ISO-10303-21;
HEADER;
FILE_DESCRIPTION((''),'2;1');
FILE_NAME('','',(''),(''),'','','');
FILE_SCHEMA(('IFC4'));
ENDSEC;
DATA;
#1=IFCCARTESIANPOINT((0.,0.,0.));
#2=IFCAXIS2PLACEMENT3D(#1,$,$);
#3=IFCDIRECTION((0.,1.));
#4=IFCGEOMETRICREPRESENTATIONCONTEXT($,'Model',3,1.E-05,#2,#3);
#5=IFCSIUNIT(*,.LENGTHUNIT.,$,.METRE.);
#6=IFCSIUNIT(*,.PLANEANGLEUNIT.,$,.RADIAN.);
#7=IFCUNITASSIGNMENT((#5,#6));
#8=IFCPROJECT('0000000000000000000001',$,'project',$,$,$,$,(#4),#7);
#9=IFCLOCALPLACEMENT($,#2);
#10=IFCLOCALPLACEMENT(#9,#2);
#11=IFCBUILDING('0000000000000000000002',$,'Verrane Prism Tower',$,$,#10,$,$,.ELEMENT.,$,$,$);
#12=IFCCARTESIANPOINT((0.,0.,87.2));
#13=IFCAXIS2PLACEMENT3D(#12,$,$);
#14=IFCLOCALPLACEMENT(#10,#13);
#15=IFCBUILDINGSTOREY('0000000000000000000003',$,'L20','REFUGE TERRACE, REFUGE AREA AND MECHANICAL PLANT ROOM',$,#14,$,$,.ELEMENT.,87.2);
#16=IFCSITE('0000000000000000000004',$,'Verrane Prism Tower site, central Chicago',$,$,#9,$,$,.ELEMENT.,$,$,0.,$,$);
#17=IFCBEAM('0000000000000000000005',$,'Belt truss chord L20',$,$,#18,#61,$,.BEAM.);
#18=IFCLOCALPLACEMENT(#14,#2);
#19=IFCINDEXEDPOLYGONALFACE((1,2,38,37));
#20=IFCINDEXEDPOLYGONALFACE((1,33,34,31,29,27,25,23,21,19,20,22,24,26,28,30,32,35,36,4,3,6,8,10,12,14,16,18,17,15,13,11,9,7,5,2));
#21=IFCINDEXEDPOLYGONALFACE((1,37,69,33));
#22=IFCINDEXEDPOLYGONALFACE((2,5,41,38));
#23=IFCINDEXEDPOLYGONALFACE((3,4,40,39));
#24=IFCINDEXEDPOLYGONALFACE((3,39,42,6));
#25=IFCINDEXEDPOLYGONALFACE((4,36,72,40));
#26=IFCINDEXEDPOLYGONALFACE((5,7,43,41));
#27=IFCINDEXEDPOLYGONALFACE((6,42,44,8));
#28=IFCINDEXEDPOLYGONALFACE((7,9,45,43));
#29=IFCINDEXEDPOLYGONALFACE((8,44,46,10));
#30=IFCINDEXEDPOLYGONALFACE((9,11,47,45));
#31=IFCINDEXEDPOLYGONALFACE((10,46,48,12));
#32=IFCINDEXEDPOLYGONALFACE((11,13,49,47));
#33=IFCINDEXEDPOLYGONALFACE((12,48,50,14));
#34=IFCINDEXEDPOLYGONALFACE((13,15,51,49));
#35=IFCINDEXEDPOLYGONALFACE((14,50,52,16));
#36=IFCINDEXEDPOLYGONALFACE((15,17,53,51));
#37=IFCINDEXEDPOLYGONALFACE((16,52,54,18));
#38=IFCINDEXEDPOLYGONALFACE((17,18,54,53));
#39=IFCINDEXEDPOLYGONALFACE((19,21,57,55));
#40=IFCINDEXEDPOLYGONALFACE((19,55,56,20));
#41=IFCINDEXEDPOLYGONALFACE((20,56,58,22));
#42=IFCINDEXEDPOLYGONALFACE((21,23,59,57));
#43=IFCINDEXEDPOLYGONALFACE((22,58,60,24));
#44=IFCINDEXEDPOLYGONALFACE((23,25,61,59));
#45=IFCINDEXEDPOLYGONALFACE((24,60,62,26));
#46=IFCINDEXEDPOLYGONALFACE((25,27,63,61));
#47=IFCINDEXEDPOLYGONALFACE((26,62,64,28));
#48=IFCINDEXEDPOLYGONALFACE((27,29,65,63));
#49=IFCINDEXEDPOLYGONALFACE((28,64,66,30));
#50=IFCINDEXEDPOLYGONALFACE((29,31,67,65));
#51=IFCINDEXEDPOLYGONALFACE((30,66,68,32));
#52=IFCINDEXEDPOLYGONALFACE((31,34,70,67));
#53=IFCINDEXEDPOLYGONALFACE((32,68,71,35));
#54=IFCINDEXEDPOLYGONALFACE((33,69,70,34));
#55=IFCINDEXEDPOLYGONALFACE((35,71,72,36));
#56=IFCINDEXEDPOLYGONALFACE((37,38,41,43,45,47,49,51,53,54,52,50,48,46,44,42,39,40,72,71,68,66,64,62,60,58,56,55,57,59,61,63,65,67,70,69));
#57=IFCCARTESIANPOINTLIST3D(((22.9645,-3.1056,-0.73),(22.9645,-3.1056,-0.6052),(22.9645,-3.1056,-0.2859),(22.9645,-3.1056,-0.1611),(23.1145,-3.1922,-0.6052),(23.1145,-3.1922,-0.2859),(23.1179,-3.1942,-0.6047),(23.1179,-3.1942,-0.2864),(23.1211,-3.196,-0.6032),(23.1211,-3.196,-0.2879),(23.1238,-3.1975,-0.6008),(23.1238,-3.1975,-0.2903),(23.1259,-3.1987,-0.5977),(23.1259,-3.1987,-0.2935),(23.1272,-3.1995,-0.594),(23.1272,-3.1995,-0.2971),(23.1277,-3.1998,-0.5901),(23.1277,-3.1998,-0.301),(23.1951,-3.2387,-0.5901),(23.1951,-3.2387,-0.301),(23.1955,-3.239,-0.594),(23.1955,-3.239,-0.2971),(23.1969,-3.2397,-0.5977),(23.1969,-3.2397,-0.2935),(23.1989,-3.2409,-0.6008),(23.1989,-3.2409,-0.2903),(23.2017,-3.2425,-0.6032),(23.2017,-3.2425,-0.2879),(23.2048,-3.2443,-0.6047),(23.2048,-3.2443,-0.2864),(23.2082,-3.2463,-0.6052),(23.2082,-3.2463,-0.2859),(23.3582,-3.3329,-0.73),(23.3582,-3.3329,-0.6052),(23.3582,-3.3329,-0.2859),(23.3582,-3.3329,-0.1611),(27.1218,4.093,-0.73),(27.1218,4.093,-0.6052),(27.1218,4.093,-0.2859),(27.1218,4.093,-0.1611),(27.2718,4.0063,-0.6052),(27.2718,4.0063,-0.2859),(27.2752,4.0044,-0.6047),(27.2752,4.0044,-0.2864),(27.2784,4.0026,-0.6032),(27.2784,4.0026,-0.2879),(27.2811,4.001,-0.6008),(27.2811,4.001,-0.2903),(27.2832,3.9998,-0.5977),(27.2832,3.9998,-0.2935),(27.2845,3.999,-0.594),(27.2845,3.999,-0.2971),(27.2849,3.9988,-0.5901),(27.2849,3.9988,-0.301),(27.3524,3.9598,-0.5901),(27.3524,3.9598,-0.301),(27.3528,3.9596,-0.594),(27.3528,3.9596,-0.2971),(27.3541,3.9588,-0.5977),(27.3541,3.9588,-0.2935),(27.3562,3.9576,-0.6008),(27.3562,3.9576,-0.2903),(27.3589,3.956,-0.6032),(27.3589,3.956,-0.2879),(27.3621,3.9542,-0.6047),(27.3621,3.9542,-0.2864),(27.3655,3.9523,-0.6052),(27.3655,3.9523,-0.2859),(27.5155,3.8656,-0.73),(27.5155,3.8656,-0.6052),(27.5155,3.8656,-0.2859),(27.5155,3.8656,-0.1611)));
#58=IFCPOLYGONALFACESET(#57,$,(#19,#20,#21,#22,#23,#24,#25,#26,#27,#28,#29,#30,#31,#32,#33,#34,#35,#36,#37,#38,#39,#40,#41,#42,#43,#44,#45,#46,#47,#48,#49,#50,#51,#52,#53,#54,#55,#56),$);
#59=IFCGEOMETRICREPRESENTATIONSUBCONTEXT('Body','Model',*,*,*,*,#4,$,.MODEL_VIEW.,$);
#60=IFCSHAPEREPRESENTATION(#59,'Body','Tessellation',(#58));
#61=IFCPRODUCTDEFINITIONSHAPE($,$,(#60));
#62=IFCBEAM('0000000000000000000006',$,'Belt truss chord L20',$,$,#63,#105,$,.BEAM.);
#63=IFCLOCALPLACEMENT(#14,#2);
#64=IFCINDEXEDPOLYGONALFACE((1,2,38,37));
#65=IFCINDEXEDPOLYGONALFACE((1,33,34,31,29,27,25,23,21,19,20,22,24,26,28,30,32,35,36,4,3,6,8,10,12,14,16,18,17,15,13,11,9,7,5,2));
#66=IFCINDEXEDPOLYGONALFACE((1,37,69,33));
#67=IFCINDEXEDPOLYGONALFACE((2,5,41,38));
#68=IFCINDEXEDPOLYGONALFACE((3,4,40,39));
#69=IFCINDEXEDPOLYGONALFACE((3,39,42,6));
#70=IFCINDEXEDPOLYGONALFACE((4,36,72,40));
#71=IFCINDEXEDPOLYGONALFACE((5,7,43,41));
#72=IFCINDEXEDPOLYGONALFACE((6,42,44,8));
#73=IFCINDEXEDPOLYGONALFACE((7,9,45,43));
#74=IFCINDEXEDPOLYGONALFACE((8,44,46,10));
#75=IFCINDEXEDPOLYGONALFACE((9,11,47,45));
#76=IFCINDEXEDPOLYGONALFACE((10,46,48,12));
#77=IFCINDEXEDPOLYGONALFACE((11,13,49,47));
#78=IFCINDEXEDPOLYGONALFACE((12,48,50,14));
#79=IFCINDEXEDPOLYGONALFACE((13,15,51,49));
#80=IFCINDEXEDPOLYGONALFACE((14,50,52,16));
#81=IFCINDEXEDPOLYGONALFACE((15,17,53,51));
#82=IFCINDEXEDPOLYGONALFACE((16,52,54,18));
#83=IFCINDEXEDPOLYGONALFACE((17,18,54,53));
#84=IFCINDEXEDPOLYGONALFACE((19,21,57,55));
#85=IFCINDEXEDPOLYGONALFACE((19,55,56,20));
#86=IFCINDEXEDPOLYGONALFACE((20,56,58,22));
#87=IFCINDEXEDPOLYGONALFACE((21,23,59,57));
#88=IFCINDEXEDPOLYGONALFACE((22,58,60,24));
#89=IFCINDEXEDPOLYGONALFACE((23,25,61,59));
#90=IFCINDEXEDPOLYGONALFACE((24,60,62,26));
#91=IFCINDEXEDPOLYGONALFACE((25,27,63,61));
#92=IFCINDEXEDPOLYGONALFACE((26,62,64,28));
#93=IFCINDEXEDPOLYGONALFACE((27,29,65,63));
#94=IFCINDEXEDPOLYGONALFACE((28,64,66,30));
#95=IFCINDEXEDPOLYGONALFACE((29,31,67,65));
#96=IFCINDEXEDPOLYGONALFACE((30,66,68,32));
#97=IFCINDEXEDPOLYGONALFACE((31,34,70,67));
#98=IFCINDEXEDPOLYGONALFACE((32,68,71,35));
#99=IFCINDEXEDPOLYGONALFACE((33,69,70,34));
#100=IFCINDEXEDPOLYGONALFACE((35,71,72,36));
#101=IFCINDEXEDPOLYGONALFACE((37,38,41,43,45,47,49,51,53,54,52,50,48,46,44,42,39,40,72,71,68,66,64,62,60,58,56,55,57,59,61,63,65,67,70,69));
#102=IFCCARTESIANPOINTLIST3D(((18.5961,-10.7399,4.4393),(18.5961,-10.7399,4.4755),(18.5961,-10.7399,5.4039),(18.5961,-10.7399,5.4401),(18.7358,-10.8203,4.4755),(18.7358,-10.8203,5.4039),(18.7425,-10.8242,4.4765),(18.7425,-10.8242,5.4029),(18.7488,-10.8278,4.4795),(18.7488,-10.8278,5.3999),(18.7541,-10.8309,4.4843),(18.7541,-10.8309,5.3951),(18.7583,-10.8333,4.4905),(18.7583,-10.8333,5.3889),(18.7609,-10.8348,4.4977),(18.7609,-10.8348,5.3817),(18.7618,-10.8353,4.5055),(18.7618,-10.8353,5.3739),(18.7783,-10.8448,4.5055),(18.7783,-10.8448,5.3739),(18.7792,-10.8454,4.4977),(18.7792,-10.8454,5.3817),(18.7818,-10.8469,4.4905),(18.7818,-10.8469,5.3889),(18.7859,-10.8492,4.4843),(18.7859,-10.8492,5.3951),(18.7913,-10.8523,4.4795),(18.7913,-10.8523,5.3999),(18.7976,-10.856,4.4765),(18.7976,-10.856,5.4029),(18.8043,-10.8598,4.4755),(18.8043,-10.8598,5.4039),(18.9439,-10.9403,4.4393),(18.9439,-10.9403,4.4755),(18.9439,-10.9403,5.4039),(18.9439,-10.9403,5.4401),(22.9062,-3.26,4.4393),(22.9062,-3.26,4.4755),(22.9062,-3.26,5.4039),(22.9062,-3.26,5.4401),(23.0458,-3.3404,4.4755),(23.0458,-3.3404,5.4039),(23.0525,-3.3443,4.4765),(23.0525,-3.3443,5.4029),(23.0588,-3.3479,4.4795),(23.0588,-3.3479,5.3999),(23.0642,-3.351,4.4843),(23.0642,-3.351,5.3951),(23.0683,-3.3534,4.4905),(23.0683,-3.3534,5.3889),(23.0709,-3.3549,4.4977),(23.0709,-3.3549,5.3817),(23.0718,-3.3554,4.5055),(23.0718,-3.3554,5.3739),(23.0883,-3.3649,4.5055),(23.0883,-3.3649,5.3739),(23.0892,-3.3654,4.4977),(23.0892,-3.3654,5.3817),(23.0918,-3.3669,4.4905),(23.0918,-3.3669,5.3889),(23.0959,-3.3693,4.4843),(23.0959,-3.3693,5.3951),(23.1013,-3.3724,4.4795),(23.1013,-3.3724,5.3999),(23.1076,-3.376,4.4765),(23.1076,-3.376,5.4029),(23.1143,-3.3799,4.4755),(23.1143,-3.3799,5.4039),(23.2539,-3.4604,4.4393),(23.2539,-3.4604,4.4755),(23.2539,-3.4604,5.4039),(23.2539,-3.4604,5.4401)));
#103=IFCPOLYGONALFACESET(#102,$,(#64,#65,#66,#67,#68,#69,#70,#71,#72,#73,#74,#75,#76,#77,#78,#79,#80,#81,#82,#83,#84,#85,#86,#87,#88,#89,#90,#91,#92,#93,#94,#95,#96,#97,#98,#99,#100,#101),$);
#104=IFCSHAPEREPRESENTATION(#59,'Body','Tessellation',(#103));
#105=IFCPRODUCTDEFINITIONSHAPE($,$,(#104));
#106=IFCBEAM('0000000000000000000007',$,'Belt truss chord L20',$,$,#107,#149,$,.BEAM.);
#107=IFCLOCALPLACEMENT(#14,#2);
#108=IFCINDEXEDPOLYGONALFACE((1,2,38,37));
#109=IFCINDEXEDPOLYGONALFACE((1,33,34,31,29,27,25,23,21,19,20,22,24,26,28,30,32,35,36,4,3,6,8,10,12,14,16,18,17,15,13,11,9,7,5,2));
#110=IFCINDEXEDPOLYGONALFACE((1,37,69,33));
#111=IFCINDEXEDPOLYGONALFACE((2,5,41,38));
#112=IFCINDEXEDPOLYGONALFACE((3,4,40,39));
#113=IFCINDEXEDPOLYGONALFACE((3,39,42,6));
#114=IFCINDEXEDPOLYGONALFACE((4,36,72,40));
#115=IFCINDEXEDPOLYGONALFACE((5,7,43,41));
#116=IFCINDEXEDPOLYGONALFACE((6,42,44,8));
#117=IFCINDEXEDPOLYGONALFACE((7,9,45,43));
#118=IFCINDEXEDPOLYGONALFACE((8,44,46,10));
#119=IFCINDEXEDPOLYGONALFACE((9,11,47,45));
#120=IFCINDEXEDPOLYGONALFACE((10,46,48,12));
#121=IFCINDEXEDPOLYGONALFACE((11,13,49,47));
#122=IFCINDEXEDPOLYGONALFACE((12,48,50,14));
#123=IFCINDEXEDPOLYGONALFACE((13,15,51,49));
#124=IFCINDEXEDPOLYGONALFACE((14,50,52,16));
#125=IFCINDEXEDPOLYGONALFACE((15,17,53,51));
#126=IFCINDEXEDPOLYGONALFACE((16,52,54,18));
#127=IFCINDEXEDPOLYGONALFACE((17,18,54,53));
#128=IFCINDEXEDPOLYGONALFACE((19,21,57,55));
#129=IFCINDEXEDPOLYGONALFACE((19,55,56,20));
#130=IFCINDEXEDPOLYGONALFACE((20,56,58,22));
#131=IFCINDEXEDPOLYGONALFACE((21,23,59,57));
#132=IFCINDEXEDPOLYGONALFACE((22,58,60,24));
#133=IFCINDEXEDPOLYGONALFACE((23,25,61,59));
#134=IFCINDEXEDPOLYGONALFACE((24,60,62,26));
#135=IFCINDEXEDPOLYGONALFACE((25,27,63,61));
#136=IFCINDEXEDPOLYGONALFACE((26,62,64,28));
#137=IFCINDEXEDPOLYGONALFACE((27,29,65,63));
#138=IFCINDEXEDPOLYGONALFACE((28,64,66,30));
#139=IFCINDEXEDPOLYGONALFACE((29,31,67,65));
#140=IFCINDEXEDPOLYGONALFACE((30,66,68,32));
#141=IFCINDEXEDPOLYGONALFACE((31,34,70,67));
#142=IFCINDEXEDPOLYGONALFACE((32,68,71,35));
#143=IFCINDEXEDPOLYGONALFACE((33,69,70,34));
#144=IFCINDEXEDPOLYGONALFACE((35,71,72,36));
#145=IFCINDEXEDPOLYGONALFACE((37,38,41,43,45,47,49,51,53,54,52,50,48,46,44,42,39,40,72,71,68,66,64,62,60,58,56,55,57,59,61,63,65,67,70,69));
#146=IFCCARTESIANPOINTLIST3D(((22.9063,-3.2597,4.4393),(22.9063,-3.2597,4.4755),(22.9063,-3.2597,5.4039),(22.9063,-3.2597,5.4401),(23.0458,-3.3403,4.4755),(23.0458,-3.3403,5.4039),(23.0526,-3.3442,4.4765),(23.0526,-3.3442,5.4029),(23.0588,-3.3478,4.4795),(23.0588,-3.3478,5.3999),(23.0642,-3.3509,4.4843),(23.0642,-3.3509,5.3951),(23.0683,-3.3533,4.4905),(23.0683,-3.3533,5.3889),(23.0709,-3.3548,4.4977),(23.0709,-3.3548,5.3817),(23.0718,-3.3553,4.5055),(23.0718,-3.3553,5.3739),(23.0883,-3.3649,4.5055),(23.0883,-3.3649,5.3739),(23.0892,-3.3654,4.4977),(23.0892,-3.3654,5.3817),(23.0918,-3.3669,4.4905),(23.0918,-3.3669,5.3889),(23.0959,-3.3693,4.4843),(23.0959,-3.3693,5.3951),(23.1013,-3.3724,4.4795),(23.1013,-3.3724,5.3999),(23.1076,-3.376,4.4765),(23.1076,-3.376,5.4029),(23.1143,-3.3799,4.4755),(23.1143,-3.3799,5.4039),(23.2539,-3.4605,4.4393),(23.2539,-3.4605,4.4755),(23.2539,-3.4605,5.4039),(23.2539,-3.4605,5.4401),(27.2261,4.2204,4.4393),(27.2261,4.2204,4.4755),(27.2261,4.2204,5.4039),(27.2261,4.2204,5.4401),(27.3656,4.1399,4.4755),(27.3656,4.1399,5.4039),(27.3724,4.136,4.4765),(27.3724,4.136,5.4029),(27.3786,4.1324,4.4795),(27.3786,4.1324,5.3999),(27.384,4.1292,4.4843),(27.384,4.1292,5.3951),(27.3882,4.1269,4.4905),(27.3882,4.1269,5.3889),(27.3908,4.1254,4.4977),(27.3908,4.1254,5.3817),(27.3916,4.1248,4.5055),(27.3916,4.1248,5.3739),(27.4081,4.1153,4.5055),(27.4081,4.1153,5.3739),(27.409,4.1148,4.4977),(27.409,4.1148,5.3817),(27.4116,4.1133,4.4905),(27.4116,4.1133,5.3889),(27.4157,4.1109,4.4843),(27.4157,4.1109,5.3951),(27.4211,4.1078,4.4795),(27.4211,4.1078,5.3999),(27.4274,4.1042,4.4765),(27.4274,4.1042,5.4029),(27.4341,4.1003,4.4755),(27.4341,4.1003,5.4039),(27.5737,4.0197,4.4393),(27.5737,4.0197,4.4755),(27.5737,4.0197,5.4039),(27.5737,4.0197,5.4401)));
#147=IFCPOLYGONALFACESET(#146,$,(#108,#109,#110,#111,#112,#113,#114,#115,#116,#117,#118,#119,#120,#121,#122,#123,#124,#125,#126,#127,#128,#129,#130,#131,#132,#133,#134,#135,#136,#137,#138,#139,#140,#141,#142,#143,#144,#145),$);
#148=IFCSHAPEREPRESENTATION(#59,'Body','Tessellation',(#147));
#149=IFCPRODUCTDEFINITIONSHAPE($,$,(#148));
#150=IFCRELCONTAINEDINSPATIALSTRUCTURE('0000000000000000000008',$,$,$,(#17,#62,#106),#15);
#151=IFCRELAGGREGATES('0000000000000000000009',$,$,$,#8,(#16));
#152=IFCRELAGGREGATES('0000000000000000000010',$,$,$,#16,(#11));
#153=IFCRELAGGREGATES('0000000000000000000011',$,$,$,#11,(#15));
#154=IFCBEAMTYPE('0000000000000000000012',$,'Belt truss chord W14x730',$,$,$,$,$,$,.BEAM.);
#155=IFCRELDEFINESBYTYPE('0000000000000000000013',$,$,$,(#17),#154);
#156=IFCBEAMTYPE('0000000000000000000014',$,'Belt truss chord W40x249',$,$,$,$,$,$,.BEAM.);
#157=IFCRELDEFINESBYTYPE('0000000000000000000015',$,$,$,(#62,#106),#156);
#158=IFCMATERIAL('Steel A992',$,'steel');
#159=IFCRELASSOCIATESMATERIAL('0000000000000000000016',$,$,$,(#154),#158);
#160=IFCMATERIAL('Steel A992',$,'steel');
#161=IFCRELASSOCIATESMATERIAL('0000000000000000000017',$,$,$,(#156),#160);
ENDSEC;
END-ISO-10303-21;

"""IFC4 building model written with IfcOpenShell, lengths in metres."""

from ifc_helpers import new_model, si_unit, direction, frame, origin, origin_2d, place, context, subcontext, project, spatial, i_section, extrude, material, material_profile, profile_set, type_object, element, save


model = new_model("IFC4")

# Units and contexts
model_context = context("Model", 3, precision=1e-05, world=origin(), true_north=direction((0.0, 1.0)))
body_context = subcontext(model_context, "Body", "Model", "MODEL_VIEW")
ifc_project = project(units=[si_unit("LENGTHUNIT", "METRE"), si_unit("PLANEANGLEUNIT", "RADIAN")], contexts=[model_context])

# Site, building, storey
site_placement = place(None, origin())
site = spatial("IfcSite", under=ifc_project, at=site_placement, Name="Verrane Prism Tower site, central Chicago", CompositionType="ELEMENT", RefElevation=0.0)
building_placement = place(site_placement, origin())
building = spatial("IfcBuilding", under=site, at=building_placement, Name="Verrane Prism Tower", CompositionType="ELEMENT")
storey_placement = place(building_placement, frame((0.0, 0.0, 87.2)))
storey = spatial("IfcBuildingStorey", under=building, at=storey_placement, Name="L20", Description="REFUGE TERRACE, REFUGE AREA AND MECHANICAL PLANT ROOM", CompositionType="ELEMENT", Elevation=87.2)

# Beams
ifc_material_1 = material(Name="Steel A992", Category="steel")
ifc_material_profile_1 = material_profile(ifc_material_1, i_section(OverallWidth=0.4546, OverallDepth=0.5688, WebThickness=0.0779, FlangeThickness=0.1248, FilletRadius=0.0151, at=origin_2d()), Name="W14x730")
ifc_profile_set_1 = profile_set([ifc_material_profile_1], Name="Steel A992")
beam_type_1 = type_object("IfcBeamType", Name="Belt truss chord W14x730", PredefinedType="BEAM", material=ifc_profile_set_1)
beam_1_placement = place(storey_placement, frame((23.1614, -3.2192, -0.4456), z_axis=(0.500106, 0.865964, 0.0), x_axis=(-0.865964, 0.500106, 0.0)))
element("IfcBeam", 1, at=beam_1_placement, inside=storey, type_object=beam_type_1, Name="Belt truss chord L20", PredefinedType="BEAM", context=body_context, shape_type="SweptSolid", body=[
    extrude(i_section(OverallWidth=0.4546, OverallDepth=0.5688, WebThickness=0.0779, FlangeThickness=0.1248, FilletRadius=0.0151, at=origin_2d()), origin(), (0.0, 0.0, 1.0), 8.3127),
])
ifc_material_2 = material(Name="Steel A992", Category="steel")
ifc_material_profile_2 = material_profile(ifc_material_2, i_section(OverallWidth=0.4014, OverallDepth=1.0007, WebThickness=0.019, FlangeThickness=0.0361, FilletRadius=0.03, at=origin_2d()), Name="W40x249")
ifc_profile_set_2 = profile_set([ifc_material_profile_2], Name="Steel A992")
beam_type_2 = type_object("IfcBeamType", Name="Belt truss chord W40x249", PredefinedType="BEAM", material=ifc_profile_set_2)
beam_2_placement = place(storey_placement, frame((18.77, -10.8401, 4.9397), z_axis=(0.49926, 0.866452, 0.0), x_axis=(-0.866452, 0.49926, 0.0)))
element("IfcBeam", 2, at=beam_2_placement, inside=storey, type_object=beam_type_2, Name="Belt truss chord L20", PredefinedType="BEAM", context=body_context, shape_type="SweptSolid", body=[
    extrude(i_section(OverallWidth=0.4014, OverallDepth=1.0007, WebThickness=0.019, FlangeThickness=0.0361, FilletRadius=0.03, at=origin_2d()), origin(), (0.0, 0.0, 1.0), 8.6328),
])
beam_3_placement = place(storey_placement, frame((23.0801, -3.3601, 4.9397), z_axis=(0.500097, 0.86597, 0.0), x_axis=(-0.86597, 0.500097, 0.0)))
element("IfcBeam", 3, at=beam_3_placement, inside=storey, type_object=beam_type_2, Name="Belt truss chord L20", PredefinedType="BEAM", context=body_context, shape_type="SweptSolid", body=[
    extrude(i_section(OverallWidth=0.4014, OverallDepth=1.0007, WebThickness=0.019, FlangeThickness=0.0361, FilletRadius=0.03, at=origin_2d()), origin(), (0.0, 0.0, 1.0), 8.6379),
])

save(model, "model.ifc")
